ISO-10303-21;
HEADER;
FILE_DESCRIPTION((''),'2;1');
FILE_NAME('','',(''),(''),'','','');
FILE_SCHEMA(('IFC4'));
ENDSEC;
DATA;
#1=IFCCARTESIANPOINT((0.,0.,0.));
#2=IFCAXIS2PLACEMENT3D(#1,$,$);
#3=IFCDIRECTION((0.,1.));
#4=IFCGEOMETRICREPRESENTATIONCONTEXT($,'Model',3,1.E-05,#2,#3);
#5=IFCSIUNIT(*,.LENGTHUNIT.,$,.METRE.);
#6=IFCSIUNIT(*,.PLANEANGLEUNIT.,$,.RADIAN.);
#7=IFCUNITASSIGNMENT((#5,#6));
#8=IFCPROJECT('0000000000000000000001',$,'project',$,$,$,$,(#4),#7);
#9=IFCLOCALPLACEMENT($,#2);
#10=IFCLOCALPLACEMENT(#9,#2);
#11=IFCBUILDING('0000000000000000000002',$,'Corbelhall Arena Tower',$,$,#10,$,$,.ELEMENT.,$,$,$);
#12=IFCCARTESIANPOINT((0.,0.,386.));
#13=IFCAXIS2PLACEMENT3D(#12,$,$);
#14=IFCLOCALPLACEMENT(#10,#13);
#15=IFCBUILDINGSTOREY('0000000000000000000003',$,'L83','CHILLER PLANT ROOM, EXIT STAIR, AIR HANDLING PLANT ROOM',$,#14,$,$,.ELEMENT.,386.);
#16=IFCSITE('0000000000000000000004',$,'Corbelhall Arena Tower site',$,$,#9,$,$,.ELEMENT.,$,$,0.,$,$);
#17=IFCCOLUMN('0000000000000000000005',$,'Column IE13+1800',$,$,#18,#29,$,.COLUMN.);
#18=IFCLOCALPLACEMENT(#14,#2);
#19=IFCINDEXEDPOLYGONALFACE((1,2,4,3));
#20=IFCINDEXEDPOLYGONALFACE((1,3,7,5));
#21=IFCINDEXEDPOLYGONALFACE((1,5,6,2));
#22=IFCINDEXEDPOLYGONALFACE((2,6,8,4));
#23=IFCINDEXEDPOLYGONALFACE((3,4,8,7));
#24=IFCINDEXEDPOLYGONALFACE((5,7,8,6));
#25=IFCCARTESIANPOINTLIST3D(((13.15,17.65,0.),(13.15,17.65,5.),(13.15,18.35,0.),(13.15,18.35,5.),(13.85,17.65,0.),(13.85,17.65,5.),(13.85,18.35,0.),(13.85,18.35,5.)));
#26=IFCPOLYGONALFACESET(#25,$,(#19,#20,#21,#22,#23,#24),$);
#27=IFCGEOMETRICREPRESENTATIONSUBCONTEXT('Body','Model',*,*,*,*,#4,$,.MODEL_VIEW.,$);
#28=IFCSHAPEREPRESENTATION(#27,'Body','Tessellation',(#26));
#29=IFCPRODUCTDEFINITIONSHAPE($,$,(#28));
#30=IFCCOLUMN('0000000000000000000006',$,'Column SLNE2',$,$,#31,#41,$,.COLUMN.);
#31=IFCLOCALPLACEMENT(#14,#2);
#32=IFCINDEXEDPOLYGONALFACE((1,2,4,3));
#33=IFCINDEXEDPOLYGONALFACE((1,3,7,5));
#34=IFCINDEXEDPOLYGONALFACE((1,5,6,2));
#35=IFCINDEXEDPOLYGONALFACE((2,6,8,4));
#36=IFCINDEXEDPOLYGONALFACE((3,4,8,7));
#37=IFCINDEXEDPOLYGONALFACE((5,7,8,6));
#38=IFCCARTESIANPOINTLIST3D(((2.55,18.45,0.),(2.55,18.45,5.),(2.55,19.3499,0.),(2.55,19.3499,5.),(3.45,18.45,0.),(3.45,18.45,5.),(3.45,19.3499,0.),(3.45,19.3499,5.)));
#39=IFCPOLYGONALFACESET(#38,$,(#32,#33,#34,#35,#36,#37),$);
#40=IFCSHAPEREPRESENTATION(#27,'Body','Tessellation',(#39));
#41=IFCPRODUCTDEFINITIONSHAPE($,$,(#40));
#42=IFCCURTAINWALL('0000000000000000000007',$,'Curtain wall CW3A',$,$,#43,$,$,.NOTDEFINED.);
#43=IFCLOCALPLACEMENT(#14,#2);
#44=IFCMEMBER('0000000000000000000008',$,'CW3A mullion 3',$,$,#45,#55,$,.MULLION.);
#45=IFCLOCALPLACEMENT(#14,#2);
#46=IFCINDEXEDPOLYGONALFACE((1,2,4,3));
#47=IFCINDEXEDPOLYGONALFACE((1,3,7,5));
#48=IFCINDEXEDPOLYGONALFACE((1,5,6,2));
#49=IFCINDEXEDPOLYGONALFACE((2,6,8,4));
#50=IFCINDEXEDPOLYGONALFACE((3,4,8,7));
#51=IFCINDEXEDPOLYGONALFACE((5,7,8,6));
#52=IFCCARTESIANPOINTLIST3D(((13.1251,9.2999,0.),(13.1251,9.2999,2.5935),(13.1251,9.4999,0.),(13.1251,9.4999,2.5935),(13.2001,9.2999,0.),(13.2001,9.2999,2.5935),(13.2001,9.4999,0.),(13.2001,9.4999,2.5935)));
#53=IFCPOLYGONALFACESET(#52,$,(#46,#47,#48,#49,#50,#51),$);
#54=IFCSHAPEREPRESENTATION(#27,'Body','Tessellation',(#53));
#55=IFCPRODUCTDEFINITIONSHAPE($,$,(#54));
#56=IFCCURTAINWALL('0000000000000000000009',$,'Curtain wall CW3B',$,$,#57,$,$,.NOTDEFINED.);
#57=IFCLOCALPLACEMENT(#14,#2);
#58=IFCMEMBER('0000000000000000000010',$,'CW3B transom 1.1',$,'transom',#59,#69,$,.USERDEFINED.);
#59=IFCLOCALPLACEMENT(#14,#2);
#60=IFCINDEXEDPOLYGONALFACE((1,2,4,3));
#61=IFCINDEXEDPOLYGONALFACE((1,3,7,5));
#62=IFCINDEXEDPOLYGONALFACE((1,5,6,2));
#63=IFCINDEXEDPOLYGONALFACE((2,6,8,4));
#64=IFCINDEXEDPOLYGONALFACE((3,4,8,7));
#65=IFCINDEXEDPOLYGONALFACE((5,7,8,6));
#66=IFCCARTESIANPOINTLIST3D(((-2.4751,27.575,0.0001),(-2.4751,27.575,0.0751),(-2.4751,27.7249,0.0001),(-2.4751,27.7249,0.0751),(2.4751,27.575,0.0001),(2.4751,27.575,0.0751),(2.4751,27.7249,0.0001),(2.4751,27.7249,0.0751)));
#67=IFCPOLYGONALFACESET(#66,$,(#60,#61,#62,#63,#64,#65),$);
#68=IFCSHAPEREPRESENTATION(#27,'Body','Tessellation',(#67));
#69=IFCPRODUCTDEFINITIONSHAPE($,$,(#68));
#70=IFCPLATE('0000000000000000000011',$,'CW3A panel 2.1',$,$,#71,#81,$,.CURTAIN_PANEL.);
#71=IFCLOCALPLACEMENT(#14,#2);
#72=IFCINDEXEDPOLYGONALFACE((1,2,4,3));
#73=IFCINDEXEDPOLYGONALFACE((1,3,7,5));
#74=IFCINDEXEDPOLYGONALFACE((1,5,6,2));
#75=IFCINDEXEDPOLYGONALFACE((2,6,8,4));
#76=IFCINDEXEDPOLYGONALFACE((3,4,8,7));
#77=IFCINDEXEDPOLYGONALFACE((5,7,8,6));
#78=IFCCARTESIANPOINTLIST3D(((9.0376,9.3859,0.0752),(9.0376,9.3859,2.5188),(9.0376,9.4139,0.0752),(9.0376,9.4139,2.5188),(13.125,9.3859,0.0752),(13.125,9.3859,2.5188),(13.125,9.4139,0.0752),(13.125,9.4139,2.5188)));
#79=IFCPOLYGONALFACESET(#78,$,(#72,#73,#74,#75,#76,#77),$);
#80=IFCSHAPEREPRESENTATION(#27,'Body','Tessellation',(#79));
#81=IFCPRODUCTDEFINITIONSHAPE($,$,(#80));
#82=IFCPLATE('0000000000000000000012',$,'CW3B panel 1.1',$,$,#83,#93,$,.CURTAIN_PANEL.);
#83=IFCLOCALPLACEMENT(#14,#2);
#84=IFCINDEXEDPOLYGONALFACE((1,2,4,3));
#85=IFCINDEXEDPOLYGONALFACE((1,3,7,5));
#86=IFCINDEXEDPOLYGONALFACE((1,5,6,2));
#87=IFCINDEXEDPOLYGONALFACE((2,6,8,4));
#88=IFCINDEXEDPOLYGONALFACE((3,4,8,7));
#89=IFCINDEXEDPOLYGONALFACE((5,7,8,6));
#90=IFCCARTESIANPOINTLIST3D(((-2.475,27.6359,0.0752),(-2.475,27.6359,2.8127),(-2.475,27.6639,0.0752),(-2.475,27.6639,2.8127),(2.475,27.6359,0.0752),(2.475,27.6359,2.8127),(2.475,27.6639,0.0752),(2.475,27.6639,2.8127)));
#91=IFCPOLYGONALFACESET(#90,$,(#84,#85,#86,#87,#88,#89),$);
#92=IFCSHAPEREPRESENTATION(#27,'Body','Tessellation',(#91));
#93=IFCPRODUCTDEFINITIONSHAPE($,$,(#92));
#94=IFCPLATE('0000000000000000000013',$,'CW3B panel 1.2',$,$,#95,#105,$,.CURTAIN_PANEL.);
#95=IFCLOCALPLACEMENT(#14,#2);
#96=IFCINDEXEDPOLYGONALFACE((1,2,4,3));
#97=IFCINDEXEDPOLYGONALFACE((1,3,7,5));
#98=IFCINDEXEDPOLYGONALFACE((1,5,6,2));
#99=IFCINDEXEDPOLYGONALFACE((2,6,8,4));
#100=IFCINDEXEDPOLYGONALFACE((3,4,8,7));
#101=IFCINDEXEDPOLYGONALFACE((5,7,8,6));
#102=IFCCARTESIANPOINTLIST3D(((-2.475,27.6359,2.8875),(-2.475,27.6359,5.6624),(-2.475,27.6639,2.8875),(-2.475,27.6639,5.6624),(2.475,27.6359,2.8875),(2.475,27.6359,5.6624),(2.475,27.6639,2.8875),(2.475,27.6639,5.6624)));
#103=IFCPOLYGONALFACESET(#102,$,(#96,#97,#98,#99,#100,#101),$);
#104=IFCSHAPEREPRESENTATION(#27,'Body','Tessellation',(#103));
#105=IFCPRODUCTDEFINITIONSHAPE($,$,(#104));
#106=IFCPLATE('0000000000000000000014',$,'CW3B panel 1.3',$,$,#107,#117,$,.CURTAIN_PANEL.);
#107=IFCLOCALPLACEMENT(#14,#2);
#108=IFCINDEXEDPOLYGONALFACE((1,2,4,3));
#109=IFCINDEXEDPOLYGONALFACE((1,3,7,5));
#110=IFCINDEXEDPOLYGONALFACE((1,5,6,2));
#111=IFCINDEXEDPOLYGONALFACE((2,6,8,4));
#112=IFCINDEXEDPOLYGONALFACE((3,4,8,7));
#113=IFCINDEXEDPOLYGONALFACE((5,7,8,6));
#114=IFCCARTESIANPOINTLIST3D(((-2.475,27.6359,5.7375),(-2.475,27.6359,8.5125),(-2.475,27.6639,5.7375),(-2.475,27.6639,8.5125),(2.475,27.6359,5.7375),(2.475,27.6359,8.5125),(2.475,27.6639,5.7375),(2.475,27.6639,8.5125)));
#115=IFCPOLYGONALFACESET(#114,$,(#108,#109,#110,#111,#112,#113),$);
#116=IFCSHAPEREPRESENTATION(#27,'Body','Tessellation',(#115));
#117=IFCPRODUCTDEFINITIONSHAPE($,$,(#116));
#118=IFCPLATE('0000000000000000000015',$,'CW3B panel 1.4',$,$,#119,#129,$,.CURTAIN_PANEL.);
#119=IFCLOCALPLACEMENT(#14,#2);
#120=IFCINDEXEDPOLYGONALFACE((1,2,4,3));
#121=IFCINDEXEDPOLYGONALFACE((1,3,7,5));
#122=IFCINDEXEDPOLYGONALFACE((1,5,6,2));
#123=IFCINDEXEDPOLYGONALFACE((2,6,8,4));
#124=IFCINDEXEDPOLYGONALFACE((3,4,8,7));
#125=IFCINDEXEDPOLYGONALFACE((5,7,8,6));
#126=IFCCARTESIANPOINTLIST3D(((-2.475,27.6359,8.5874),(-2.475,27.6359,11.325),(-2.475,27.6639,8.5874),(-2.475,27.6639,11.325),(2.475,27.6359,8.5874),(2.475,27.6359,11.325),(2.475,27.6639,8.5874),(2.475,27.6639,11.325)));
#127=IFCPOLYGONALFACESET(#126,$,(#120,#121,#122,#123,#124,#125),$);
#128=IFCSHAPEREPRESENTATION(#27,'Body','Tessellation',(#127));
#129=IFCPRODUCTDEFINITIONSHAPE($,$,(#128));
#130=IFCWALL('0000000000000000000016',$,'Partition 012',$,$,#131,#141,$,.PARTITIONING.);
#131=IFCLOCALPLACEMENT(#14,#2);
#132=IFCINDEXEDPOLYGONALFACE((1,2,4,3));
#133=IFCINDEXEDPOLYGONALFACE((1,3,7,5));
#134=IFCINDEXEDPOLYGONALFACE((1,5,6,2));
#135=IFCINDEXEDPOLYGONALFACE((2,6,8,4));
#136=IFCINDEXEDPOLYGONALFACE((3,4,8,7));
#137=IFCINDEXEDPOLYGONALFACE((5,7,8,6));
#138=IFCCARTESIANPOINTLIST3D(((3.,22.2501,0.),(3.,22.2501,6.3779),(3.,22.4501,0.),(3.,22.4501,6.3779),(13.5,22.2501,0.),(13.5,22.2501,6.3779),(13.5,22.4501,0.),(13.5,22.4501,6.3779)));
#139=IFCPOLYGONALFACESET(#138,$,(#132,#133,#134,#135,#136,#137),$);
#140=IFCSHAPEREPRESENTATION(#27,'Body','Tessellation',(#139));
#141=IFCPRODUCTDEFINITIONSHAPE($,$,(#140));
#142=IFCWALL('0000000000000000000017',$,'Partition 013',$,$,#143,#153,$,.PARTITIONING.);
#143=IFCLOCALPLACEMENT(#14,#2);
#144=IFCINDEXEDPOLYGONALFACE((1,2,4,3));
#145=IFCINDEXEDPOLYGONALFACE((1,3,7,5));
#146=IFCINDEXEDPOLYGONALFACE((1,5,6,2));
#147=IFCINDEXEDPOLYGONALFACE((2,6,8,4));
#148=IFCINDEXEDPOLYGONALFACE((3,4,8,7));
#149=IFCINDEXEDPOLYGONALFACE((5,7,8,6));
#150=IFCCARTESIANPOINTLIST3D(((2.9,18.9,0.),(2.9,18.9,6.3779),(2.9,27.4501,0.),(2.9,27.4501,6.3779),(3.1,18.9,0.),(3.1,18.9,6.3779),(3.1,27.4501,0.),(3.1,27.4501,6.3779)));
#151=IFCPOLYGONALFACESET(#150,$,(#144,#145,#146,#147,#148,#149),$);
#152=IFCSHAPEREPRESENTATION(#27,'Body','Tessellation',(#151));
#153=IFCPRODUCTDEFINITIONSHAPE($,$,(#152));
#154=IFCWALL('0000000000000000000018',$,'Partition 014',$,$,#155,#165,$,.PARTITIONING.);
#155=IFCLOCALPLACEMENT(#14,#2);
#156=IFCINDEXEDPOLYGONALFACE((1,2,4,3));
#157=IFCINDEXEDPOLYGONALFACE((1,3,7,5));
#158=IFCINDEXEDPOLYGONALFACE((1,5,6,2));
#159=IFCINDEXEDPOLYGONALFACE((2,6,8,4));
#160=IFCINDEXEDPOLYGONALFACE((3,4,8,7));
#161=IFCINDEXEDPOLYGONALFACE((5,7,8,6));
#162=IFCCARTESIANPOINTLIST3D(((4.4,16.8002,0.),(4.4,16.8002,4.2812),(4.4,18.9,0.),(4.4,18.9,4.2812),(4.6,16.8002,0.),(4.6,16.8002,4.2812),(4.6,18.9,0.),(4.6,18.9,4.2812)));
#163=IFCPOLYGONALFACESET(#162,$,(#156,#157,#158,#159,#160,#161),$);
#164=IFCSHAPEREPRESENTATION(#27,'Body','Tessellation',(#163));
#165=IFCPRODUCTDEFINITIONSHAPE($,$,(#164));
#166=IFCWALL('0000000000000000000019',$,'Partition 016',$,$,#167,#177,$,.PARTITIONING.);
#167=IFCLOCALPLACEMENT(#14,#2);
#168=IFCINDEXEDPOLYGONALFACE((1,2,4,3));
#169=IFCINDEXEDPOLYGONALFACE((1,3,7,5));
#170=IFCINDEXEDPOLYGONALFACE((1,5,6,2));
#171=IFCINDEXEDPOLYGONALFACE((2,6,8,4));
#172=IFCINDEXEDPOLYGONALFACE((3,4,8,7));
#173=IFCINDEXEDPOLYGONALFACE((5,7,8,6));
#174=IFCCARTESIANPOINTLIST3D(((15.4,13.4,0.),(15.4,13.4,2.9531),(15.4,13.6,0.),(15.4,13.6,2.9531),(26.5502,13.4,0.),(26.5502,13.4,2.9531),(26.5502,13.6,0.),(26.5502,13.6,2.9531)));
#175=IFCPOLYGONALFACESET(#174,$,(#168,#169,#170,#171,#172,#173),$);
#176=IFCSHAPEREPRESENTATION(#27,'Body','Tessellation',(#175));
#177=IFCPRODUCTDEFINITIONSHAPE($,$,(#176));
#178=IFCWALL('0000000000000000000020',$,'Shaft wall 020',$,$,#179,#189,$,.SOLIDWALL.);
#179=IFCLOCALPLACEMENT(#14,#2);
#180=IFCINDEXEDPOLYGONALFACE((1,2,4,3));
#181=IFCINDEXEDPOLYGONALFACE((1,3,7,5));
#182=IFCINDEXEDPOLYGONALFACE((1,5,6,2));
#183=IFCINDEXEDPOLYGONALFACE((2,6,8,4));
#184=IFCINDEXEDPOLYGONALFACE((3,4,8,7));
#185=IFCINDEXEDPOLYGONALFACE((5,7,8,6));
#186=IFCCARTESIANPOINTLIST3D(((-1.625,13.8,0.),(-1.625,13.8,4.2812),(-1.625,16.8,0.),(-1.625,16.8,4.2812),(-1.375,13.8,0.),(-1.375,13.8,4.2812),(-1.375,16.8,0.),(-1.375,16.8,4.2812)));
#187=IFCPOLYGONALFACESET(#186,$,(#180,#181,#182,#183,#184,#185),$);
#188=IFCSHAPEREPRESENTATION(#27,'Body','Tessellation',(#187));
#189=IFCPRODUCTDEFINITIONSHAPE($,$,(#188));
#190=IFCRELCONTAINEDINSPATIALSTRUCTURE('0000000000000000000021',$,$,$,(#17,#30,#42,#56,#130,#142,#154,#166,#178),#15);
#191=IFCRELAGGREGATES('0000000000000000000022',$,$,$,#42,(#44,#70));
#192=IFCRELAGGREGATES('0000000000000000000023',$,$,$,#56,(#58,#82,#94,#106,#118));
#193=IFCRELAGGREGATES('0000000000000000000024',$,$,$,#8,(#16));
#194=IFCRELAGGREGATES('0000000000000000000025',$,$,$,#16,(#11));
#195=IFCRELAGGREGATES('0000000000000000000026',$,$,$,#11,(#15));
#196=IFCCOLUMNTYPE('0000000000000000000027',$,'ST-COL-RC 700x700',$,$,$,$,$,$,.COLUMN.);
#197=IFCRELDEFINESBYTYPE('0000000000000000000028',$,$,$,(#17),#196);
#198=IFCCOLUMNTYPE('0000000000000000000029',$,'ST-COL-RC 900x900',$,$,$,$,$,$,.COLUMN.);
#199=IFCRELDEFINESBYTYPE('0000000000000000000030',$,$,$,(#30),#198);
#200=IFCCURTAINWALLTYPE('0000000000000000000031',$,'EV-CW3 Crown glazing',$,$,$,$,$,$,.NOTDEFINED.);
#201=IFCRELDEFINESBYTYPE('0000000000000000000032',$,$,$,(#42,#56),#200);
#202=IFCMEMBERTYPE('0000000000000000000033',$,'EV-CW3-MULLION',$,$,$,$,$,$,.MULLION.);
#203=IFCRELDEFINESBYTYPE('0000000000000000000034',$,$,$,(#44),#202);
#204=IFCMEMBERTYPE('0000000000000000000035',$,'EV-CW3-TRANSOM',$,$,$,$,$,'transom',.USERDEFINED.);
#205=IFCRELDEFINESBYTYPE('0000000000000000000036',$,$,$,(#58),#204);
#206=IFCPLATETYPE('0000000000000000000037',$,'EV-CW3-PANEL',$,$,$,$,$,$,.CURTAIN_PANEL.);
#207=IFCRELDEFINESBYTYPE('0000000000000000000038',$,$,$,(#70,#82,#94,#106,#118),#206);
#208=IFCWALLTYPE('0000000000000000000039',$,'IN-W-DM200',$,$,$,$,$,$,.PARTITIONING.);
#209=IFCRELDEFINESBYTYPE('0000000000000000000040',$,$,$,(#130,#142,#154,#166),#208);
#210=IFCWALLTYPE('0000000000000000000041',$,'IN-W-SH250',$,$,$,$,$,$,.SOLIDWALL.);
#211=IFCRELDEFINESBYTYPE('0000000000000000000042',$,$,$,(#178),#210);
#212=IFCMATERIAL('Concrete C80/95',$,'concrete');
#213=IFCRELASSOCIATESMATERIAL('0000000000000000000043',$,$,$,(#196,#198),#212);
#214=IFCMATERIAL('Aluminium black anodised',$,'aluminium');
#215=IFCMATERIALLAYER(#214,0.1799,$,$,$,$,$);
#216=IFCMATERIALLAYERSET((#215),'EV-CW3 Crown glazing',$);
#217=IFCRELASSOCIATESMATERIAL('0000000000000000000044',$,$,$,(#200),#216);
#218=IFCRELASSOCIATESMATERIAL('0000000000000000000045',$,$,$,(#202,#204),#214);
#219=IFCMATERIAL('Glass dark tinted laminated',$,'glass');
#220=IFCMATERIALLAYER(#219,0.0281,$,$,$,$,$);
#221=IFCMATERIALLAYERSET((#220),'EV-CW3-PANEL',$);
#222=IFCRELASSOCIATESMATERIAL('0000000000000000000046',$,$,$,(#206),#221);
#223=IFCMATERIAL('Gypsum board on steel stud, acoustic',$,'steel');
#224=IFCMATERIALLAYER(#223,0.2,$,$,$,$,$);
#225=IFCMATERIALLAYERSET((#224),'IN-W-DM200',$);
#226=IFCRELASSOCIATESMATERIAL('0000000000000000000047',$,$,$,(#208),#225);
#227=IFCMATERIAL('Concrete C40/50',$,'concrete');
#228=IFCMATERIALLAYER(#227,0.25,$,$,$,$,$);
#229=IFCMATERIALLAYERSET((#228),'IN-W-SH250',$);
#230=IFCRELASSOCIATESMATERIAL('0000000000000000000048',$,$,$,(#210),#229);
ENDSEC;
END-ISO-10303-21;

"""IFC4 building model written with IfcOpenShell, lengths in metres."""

from ifc_helpers import new_model, si_unit, direction, frame, frame_2d, origin, origin_2d, place, context, subcontext, project, spatial, rectangle, extrude, material, layer, layer_set, material_profile, profile_set, type_object, element, aggregate, save


model = new_model("IFC4")

# Units and contexts
model_context = context("Model", 3, precision=1e-05, world=origin(), true_north=direction((0.0, 1.0)))
body_context = subcontext(model_context, "Body", "Model", "MODEL_VIEW")
ifc_project = project(units=[si_unit("LENGTHUNIT", "METRE"), si_unit("PLANEANGLEUNIT", "RADIAN")], contexts=[model_context])

# Site, building, storey
site_placement = place(None, origin())
site = spatial("IfcSite", under=ifc_project, at=site_placement, Name="Corbelhall Arena Tower site", CompositionType="ELEMENT", RefElevation=0.0)
building_placement = place(site_placement, origin())
building = spatial("IfcBuilding", under=site, at=building_placement, Name="Corbelhall Arena Tower", CompositionType="ELEMENT")
storey_placement = place(building_placement, frame((0.0, 0.0, 386.0)))
storey = spatial("IfcBuildingStorey", under=building, at=storey_placement, Name="L83", Description="CHILLER PLANT ROOM, EXIT STAIR, AIR HANDLING PLANT ROOM", CompositionType="ELEMENT", Elevation=386.0)

# Columns
ifc_material_1 = material(Name="Concrete C80/95", Category="concrete")
ifc_material_profile_1 = material_profile(ifc_material_1, rectangle(XDim=0.7, YDim=0.7, at=origin_2d()))
ifc_profile_set_1 = profile_set([ifc_material_profile_1], Name="Concrete C80/95")
column_type_1 = type_object("IfcColumnType", Name="ST-COL-RC 700x700", PredefinedType="COLUMN", material=ifc_profile_set_1)
column_1_placement = place(storey_placement, frame((13.5, 18.0, 0.0), z_axis=(0.0, 0.0, 1.0), x_axis=(1.0, 0.0, 0.0)))
element("IfcColumn", 1, at=column_1_placement, inside=storey, type_object=column_type_1, Name="Column IE13+1800", PredefinedType="COLUMN", context=body_context, shape_type="SweptSolid", body=[
    extrude(rectangle(XDim=0.7, YDim=0.7, at=origin_2d()), origin(), (0.0, 0.0, 1.0), 5.0),
])
ifc_material_profile_2 = material_profile(ifc_material_1, rectangle(XDim=0.8999, YDim=0.8999, at=origin_2d()))
ifc_profile_set_2 = profile_set([ifc_material_profile_2], Name="Concrete C80/95")
column_type_2 = type_object("IfcColumnType", Name="ST-COL-RC 900x900", PredefinedType="COLUMN", material=ifc_profile_set_2)
column_2_placement = place(storey_placement, frame((3.0, 18.8999, 0.0), z_axis=(0.0, 0.0, 1.0), x_axis=(1.0, 0.0, 0.0)))
element("IfcColumn", 2, at=column_2_placement, inside=storey, type_object=column_type_2, Name="Column SLNE2", PredefinedType="COLUMN", context=body_context, shape_type="SweptSolid", body=[
    extrude(rectangle(XDim=0.8999, YDim=0.8999, at=origin_2d()), origin(), (0.0, 0.0, 1.0), 5.0),
])

# Curtain walls, members
ifc_material_2 = material(Name="Aluminium black anodised", Category="aluminium")
ifc_layer_1 = layer(ifc_material_2, 0.1799)
ifc_layer_set_1 = layer_set([ifc_layer_1], Name="EV-CW3 Crown glazing")
curtain_wall_type = type_object("IfcCurtainWallType", Name="EV-CW3 Crown glazing", PredefinedType="NOTDEFINED", material=ifc_layer_set_1)
curtain_wall_1_placement = place(storey_placement, origin())
curtain_wall_1 = element("IfcCurtainWall", 3, at=curtain_wall_1_placement, inside=storey, type_object=curtain_wall_type, Name="Curtain wall CW3A", PredefinedType="NOTDEFINED")
ifc_material_profile_3 = material_profile(ifc_material_2, rectangle(XDim=0.2, YDim=0.075, at=origin_2d()))
ifc_profile_set_3 = profile_set([ifc_material_profile_3], Name="Aluminium black anodised")
member_type_1 = type_object("IfcMemberType", Name="EV-CW3-MULLION", PredefinedType="MULLION", material=ifc_profile_set_3)
member_1_placement = place(storey_placement, frame((13.1626, 9.3999, 0.0), z_axis=(0.0, 0.0, 1.0), x_axis=(0.0, 1.0, 0.0)))
member_1 = element("IfcMember", 4, at=member_1_placement, type_object=member_type_1, Name="CW3A mullion 3", PredefinedType="MULLION", context=body_context, shape_type="SweptSolid", body=[
    extrude(rectangle(XDim=0.2, YDim=0.075, at=origin_2d()), origin(), (0.0, 0.0, 1.0), 2.5935),
])
curtain_wall_2_placement = place(storey_placement, origin())
curtain_wall_2 = element("IfcCurtainWall", 5, at=curtain_wall_2_placement, inside=storey, type_object=curtain_wall_type, Name="Curtain wall CW3B", PredefinedType="NOTDEFINED")
ifc_material_profile_4 = material_profile(ifc_material_2, rectangle(XDim=0.1499, YDim=0.075, at=origin_2d()))
ifc_profile_set_4 = profile_set([ifc_material_profile_4], Name="Aluminium black anodised")
member_type_2 = type_object("IfcMemberType", Name="EV-CW3-TRANSOM", ElementType="transom", PredefinedType="USERDEFINED", material=ifc_profile_set_4)
member_2_placement = place(storey_placement, frame((2.4751, 27.6499, 0.0376), z_axis=(-1.0, 0.0, 0.0), x_axis=(0.0, -1.0, 0.0)))
member_2 = element("IfcMember", 6, at=member_2_placement, type_object=member_type_2, Name="CW3B transom 1.1", ObjectType="transom", PredefinedType="USERDEFINED", context=body_context, shape_type="SweptSolid", body=[
    extrude(rectangle(XDim=0.1499, YDim=0.075, at=origin_2d()), origin(), (0.0, 0.0, 1.0), 4.9502),
])

# Plates
ifc_material_3 = material(Name="Glass dark tinted laminated", Category="glass")
ifc_layer_2 = layer(ifc_material_3, 0.0281)
ifc_layer_set_2 = layer_set([ifc_layer_2], Name="EV-CW3-PANEL")
plate_type = type_object("IfcPlateType", Name="EV-CW3-PANEL", PredefinedType="CURTAIN_PANEL", material=ifc_layer_set_2)
plate_1_placement = place(storey_placement, frame((11.0813, 9.3999, 0.0752), z_axis=(0.0, 0.0, 1.0), x_axis=(1.0, 0.0, 0.0)))
plate_1 = element("IfcPlate", 7, at=plate_1_placement, type_object=plate_type, Name="CW3A panel 2.1", PredefinedType="CURTAIN_PANEL", context=body_context, shape_type="SweptSolid", body=[
    extrude(rectangle(XDim=4.0874, YDim=0.0281, at=origin_2d()), origin(), (0.0, 0.0, 1.0), 2.4436),
])
aggregate(curtain_wall_1, [member_1, plate_1])
plate_2_placement = place(storey_placement, frame((0.0, 27.6499, 0.0752), z_axis=(0.0, 0.0, 1.0), x_axis=(-1.0, 0.0, 0.0)))
plate_2 = element("IfcPlate", 8, at=plate_2_placement, type_object=plate_type, Name="CW3B panel 1.1", PredefinedType="CURTAIN_PANEL", context=body_context, shape_type="SweptSolid", body=[
    extrude(rectangle(XDim=4.95, YDim=0.0281, at=origin_2d()), origin(), (0.0, 0.0, 1.0), 2.7375),
])
plate_3_placement = place(storey_placement, frame((0.0, 27.6499, 2.8875), z_axis=(0.0, 0.0, 1.0), x_axis=(-1.0, 0.0, 0.0)))
plate_3 = element("IfcPlate", 9, at=plate_3_placement, type_object=plate_type, Name="CW3B panel 1.2", PredefinedType="CURTAIN_PANEL", context=body_context, shape_type="SweptSolid", body=[
    extrude(rectangle(XDim=4.95, YDim=0.0281, at=origin_2d()), origin(), (0.0, 0.0, 1.0), 2.7749),
])
plate_4_placement = place(storey_placement, frame((0.0, 27.6499, 5.7375), z_axis=(0.0, 0.0, 1.0), x_axis=(-1.0, 0.0, 0.0)))
plate_4 = element("IfcPlate", 10, at=plate_4_placement, type_object=plate_type, Name="CW3B panel 1.3", PredefinedType="CURTAIN_PANEL", context=body_context, shape_type="SweptSolid", body=[
    extrude(rectangle(XDim=4.95, YDim=0.0281, at=origin_2d()), origin(), (0.0, 0.0, 1.0), 2.7749),
])
plate_5_placement = place(storey_placement, frame((0.0, 27.6499, 8.5874), z_axis=(0.0, 0.0, 1.0), x_axis=(-1.0, 0.0, 0.0)))
plate_5 = element("IfcPlate", 11, at=plate_5_placement, type_object=plate_type, Name="CW3B panel 1.4", PredefinedType="CURTAIN_PANEL", context=body_context, shape_type="SweptSolid", body=[
    extrude(rectangle(XDim=4.95, YDim=0.0281, at=origin_2d()), origin(), (0.0, 0.0, 1.0), 2.7375),
])
aggregate(curtain_wall_2, [member_2, plate_2, plate_3, plate_4, plate_5])

# Walls
ifc_material_4 = material(Name="Gypsum board on steel stud, acoustic", Category="steel")
ifc_layer_3 = layer(ifc_material_4, 0.2)
ifc_layer_set_3 = layer_set([ifc_layer_3], Name="IN-W-DM200")
wall_type_1 = type_object("IfcWallType", Name="IN-W-DM200", PredefinedType="PARTITIONING", material=ifc_layer_set_3)
wall_1_placement = place(storey_placement, frame((3.0, 22.3501, 0.0), z_axis=(0.0, 0.0, 1.0), x_axis=(1.0, 0.0, 0.0)))
element("IfcWall", 12, at=wall_1_placement, inside=storey, type_object=wall_type_1, Name="Partition 012", PredefinedType="PARTITIONING", context=body_context, shape_type="SweptSolid", body=[
    extrude(rectangle(XDim=10.5, YDim=0.2, at=frame_2d((5.25, 0.0))), origin(), (0.0, 0.0, 1.0), 6.3779),
])
wall_2_placement = place(storey_placement, frame((3.0, 27.45, 0.0), z_axis=(0.0, 0.0, 1.0), x_axis=(0.0, -1.0, 0.0)))
element("IfcWall", 13, at=wall_2_placement, inside=storey, type_object=wall_type_1, Name="Partition 013", PredefinedType="PARTITIONING", context=body_context, shape_type="SweptSolid", body=[
    extrude(rectangle(XDim=8.55, YDim=0.2, at=frame_2d((4.2749, 0.0))), origin(), (0.0, 0.0, 1.0), 6.3779),
])
wall_3_placement = place(storey_placement, frame((4.5, 18.8999, 0.0), z_axis=(0.0, 0.0, 1.0), x_axis=(0.0, -1.0, 0.0)))
element("IfcWall", 14, at=wall_3_placement, inside=storey, type_object=wall_type_1, Name="Partition 014", PredefinedType="PARTITIONING", context=body_context, shape_type="SweptSolid", body=[
    extrude(rectangle(XDim=2.0999, YDim=0.2, at=frame_2d((1.0498, 0.0))), origin(), (0.0, 0.0, 1.0), 4.2812),
])

# Wall
wall_4_placement = place(storey_placement, frame((15.3999, 13.5, 0.0), z_axis=(0.0, 0.0, 1.0), x_axis=(1.0, 0.0, 0.0)))
element("IfcWall", 15, at=wall_4_placement, inside=storey, type_object=wall_type_1, Name="Partition 016", PredefinedType="PARTITIONING", context=body_context, shape_type="SweptSolid", body=[
    extrude(rectangle(XDim=11.1501, YDim=0.2, at=frame_2d((5.5752, 0.0))), origin(), (0.0, 0.0, 1.0), 2.9531),
])

# Wall
ifc_material_5 = material(Name="Concrete C40/50", Category="concrete")
ifc_layer_4 = layer(ifc_material_5, 0.25)
ifc_layer_set_4 = layer_set([ifc_layer_4], Name="IN-W-SH250")
wall_type_2 = type_object("IfcWallType", Name="IN-W-SH250", PredefinedType="SOLIDWALL", material=ifc_layer_set_4)
wall_5_placement = place(storey_placement, frame((-1.5, 13.8, 0.0), z_axis=(0.0, 0.0, 1.0), x_axis=(0.0, 1.0, 0.0)))
element("IfcWall", 16, at=wall_5_placement, inside=storey, type_object=wall_type_2, Name="Shaft wall 020", PredefinedType="SOLIDWALL", context=body_context, shape_type="SweptSolid", body=[
    extrude(rectangle(XDim=3.0, YDim=0.25, at=frame_2d((1.5, 0.0))), origin(), (0.0, 0.0, 1.0), 4.2812),
])

save(model, "model.ifc")
